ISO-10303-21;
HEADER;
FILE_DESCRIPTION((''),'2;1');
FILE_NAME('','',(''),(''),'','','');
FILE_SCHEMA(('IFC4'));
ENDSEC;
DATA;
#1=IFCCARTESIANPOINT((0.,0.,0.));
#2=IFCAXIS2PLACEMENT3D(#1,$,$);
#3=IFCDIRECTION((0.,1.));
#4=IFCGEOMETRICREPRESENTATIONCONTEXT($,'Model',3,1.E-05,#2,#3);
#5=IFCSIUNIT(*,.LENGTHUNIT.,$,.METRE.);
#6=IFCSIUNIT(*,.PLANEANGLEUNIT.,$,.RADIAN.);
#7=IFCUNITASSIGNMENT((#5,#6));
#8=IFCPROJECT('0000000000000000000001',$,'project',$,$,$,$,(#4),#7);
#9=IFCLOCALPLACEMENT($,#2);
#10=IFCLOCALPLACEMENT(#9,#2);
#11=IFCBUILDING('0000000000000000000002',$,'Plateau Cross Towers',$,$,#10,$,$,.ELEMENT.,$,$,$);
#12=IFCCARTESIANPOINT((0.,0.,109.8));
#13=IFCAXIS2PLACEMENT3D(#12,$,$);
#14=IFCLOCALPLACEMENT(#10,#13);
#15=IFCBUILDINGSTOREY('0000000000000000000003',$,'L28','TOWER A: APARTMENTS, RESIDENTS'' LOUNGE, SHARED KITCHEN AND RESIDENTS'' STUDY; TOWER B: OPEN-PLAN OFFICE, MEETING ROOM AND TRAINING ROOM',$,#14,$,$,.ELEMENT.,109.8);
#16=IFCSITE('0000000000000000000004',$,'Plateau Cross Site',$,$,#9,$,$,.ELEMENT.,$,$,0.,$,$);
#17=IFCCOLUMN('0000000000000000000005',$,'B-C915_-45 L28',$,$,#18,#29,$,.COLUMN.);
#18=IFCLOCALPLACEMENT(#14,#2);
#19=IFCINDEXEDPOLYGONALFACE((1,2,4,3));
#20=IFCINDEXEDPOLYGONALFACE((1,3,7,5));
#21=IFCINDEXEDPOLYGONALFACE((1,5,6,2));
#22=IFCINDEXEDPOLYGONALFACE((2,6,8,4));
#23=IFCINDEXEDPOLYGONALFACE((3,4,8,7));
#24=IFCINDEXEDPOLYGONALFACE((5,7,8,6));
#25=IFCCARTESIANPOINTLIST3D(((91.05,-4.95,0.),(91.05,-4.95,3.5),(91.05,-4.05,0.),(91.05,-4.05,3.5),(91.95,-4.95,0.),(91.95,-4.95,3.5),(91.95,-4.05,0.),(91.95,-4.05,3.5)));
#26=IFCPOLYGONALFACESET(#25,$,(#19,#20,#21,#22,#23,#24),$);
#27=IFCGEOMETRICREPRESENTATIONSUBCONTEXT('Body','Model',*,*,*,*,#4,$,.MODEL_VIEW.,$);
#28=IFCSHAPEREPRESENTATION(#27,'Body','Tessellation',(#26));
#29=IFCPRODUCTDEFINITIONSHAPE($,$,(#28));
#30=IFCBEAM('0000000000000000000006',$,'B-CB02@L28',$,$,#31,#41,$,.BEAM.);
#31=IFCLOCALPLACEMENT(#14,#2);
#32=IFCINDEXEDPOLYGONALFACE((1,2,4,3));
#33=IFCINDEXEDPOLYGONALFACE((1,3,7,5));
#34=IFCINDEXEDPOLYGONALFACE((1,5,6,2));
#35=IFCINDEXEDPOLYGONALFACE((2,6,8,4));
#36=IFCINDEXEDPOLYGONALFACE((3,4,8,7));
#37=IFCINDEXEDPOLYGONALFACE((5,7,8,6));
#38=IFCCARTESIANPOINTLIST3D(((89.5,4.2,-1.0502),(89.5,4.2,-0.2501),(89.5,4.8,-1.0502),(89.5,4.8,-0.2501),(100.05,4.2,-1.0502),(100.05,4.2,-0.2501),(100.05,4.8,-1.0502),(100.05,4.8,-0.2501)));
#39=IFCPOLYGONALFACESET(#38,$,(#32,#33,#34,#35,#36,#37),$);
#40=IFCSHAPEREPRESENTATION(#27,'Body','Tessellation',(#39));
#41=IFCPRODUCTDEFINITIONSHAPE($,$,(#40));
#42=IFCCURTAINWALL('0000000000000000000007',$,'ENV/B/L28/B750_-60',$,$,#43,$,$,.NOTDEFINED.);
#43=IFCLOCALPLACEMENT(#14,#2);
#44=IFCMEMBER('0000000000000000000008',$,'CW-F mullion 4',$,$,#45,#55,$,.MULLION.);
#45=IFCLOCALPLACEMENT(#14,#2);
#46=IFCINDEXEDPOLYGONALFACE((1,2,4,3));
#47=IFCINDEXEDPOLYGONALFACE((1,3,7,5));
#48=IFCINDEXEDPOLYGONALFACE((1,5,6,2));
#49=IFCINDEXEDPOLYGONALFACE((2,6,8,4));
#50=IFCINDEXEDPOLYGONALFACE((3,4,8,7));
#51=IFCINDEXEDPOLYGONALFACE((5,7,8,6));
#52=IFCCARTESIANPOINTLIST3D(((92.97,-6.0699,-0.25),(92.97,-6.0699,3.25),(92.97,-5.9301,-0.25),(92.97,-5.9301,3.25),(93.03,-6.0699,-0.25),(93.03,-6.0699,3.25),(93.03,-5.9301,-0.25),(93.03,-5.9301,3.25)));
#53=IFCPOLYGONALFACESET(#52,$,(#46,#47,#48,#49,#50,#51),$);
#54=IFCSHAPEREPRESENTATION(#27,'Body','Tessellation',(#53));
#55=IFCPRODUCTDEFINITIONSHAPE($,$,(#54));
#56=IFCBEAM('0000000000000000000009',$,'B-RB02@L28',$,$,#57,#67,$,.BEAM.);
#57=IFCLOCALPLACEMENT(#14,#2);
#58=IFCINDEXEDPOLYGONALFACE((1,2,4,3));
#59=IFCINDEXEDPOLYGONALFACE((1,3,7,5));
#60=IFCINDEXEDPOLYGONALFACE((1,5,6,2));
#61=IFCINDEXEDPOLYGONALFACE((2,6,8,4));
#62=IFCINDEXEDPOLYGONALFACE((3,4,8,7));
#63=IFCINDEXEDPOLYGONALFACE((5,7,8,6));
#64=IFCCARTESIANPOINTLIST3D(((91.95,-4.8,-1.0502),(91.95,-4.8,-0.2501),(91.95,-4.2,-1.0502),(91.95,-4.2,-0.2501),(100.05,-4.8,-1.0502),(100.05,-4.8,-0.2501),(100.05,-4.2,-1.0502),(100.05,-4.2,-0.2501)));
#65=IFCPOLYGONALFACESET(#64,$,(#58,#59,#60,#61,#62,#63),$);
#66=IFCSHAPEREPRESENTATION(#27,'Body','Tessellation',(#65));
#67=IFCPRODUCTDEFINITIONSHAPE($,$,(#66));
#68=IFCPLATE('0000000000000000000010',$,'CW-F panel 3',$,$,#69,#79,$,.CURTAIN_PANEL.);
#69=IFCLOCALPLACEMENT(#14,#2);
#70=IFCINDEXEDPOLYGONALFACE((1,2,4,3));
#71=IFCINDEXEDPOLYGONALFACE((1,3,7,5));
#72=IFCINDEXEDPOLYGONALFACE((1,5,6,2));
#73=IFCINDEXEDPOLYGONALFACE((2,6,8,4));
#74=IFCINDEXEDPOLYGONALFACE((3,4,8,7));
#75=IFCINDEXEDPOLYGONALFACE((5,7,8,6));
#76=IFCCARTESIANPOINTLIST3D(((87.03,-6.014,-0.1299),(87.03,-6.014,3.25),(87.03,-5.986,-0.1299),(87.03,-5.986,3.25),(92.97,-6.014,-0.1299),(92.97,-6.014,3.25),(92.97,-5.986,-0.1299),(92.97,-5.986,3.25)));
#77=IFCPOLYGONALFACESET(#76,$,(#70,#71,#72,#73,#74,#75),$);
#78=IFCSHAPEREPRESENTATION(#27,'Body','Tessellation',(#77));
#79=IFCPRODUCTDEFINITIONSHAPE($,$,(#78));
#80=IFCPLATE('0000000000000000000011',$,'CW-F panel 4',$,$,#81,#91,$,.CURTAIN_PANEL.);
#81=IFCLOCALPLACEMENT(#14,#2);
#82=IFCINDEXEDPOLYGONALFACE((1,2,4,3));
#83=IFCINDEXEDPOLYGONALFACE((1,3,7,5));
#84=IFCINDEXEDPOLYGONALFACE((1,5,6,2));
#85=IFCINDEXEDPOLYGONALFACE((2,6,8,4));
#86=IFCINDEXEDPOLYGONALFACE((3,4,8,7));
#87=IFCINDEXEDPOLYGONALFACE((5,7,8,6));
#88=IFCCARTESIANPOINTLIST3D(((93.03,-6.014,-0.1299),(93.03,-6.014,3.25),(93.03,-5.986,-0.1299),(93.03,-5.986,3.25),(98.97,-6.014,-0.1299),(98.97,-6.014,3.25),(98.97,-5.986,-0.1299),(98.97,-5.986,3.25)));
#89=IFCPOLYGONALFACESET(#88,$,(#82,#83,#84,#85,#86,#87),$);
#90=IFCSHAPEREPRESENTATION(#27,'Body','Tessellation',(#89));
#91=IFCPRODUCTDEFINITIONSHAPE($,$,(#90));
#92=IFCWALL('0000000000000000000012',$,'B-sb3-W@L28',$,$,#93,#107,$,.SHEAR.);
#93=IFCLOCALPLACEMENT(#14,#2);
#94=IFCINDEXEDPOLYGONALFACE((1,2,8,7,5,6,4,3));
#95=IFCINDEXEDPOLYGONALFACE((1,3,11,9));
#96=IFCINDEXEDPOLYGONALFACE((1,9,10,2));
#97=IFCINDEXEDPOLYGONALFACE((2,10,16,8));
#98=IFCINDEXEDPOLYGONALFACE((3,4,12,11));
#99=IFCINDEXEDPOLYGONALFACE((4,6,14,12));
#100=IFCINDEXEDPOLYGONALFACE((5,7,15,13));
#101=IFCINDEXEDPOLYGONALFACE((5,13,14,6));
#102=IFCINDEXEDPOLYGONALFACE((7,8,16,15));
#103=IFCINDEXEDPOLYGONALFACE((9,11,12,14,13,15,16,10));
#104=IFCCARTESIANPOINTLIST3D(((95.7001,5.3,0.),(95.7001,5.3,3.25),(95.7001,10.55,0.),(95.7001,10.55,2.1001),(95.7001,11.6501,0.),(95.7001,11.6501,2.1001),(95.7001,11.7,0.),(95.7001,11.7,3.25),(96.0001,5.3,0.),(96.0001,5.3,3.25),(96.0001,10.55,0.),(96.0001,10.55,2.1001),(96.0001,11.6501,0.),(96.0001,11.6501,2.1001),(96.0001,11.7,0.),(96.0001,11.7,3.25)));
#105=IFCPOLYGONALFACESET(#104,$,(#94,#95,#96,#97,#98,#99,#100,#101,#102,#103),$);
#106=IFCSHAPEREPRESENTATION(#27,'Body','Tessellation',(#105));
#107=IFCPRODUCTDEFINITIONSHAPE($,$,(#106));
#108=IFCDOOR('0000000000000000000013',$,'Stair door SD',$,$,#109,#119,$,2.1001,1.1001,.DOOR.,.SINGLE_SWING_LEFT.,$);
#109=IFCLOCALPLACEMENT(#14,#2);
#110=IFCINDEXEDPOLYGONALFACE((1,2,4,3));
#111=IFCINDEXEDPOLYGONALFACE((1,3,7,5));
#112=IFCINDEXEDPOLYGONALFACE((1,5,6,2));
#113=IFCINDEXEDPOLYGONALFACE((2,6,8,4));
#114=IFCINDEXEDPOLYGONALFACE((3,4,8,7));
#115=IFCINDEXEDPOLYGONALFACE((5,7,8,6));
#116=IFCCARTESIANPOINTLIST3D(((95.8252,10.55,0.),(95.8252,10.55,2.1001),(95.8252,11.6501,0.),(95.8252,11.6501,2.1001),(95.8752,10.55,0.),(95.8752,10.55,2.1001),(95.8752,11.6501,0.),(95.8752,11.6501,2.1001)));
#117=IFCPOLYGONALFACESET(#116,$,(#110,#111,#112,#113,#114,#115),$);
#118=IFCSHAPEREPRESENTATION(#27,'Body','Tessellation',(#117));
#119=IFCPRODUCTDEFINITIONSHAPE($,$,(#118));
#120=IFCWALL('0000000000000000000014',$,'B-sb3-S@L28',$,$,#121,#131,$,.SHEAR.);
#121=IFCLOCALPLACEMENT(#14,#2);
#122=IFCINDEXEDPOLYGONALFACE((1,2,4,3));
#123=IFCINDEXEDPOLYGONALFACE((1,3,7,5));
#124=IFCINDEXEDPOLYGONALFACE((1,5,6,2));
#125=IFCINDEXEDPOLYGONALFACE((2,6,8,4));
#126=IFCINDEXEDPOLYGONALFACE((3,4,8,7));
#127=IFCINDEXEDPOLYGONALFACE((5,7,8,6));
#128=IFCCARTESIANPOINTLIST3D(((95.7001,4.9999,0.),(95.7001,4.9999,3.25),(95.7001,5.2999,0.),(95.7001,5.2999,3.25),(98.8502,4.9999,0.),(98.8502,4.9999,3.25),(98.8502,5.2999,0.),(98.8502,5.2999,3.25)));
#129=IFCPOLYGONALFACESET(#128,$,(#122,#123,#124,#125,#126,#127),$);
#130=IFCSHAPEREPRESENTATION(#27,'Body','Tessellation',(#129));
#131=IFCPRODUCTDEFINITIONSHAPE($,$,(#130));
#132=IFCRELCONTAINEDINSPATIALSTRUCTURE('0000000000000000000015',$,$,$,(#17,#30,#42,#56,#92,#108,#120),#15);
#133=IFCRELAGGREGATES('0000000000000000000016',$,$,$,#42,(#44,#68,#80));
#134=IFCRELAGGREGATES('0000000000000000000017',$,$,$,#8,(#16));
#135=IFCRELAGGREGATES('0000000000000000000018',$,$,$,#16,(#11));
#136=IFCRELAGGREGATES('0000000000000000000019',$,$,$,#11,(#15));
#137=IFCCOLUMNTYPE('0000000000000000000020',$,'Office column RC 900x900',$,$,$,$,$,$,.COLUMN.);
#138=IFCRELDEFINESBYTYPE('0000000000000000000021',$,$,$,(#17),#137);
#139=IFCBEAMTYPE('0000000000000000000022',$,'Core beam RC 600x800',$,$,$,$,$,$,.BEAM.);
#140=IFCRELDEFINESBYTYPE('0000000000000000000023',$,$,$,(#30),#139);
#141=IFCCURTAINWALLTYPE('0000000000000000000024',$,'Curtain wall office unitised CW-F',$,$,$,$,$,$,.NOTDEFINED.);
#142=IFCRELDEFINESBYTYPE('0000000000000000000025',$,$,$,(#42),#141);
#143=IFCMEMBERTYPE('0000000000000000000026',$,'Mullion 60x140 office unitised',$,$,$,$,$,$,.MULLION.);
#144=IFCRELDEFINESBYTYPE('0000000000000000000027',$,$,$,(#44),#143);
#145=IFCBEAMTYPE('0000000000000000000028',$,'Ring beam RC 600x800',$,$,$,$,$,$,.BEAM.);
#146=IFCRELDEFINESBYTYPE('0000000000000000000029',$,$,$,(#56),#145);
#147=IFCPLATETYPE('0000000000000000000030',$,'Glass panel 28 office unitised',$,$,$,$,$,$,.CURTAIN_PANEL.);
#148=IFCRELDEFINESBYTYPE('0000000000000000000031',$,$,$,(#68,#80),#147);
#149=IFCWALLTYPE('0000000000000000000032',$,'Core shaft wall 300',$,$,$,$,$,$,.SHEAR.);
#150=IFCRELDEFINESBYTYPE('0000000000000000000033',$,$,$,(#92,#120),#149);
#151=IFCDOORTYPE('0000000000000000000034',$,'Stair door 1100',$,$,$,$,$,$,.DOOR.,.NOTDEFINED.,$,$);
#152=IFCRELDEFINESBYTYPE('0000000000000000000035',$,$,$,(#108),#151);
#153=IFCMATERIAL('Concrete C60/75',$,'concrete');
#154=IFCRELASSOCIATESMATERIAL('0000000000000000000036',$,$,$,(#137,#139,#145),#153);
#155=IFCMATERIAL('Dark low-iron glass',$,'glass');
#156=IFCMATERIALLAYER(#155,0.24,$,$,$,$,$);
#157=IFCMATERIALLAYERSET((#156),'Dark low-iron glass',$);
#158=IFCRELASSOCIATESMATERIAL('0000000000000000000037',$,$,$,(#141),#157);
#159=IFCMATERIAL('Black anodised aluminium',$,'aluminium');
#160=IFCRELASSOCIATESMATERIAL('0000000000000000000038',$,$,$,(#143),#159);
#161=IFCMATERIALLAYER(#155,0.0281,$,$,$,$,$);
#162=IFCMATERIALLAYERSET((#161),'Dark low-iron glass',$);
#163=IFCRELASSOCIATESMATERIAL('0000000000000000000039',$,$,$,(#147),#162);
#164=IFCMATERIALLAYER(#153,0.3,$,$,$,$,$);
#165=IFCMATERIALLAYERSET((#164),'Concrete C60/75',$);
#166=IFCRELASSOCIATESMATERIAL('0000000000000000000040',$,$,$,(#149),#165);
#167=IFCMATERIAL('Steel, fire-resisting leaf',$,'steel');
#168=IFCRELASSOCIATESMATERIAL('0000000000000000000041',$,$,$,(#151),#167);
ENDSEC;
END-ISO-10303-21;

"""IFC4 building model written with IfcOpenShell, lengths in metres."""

from ifc_helpers import new_model, si_unit, direction, frame, frame_2d, origin, origin_2d, place, context, subcontext, project, spatial, rectangle, extrude, material, layer, layer_set, material_profile, profile_set, type_object, element, fill, aggregate, save


model = new_model("IFC4")

# Units and contexts
model_context = context("Model", 3, precision=1e-05, world=origin(), true_north=direction((0.0, 1.0)))
body_context = subcontext(model_context, "Body", "Model", "MODEL_VIEW")
ifc_project = project(units=[si_unit("LENGTHUNIT", "METRE"), si_unit("PLANEANGLEUNIT", "RADIAN")], contexts=[model_context])

# Site, building, storey
site_placement = place(None, origin())
site = spatial("IfcSite", under=ifc_project, at=site_placement, Name="Plateau Cross Site", CompositionType="ELEMENT", RefElevation=0.0)
building_placement = place(site_placement, origin())
building = spatial("IfcBuilding", under=site, at=building_placement, Name="Plateau Cross Towers", CompositionType="ELEMENT")
storey_placement = place(building_placement, frame((0.0, 0.0, 109.8)))
storey = spatial("IfcBuildingStorey", under=building, at=storey_placement, Name="L28", Description="TOWER A: APARTMENTS, RESIDENTS' LOUNGE, SHARED KITCHEN AND RESIDENTS' STUDY; TOWER B: OPEN-PLAN OFFICE, MEETING ROOM AND TRAINING ROOM", CompositionType="ELEMENT", Elevation=109.8)

# Column
ifc_material_1 = material(Name="Concrete C60/75", Category="concrete")
ifc_material_profile_1 = material_profile(ifc_material_1, rectangle(XDim=0.8999, YDim=0.8999, at=origin_2d()), Name="RC 900x900")
ifc_profile_set_1 = profile_set([ifc_material_profile_1], Name="Concrete C60/75")
column_type = type_object("IfcColumnType", Name="Office column RC 900x900", PredefinedType="COLUMN", material=ifc_profile_set_1)
column_placement = place(storey_placement, frame((91.5, -4.5, 0.0), z_axis=(0.0, 0.0, 1.0), x_axis=(1.0, 0.0, 0.0)))
element("IfcColumn", 1, at=column_placement, inside=storey, type_object=column_type, Name="B-C915_-45 L28", PredefinedType="COLUMN", context=body_context, shape_type="SweptSolid", body=[
    extrude(rectangle(XDim=0.8999, YDim=0.8999, at=origin_2d()), origin(), (0.0, 0.0, 1.0), 3.5),
])

# Beam
ifc_material_profile_2 = material_profile(ifc_material_1, rectangle(XDim=0.6001, YDim=0.8, at=origin_2d()), Name="RC 600x800")
ifc_profile_set_2 = profile_set([ifc_material_profile_2], Name="Concrete C60/75")
beam_type_1 = type_object("IfcBeamType", Name="Core beam RC 600x800", PredefinedType="BEAM", material=ifc_profile_set_2)
beam_1_placement = place(storey_placement, frame((89.5, 4.5, -0.6501), z_axis=(1.0, 0.0, 0.0), x_axis=(0.0, 1.0, 0.0)))
element("IfcBeam", 2, at=beam_1_placement, inside=storey, type_object=beam_type_1, Name="B-CB02@L28", PredefinedType="BEAM", context=body_context, shape_type="SweptSolid", body=[
    extrude(rectangle(XDim=0.6001, YDim=0.8, at=origin_2d()), origin(), (0.0, 0.0, 1.0), 10.55),
])

# Curtain wall, member
ifc_material_2 = material(Name="Dark low-iron glass", Category="glass")
ifc_layer_1 = layer(ifc_material_2, 0.24)
ifc_layer_set_1 = layer_set([ifc_layer_1], Name="Dark low-iron glass")
curtain_wall_type = type_object("IfcCurtainWallType", Name="Curtain wall office unitised CW-F", PredefinedType="NOTDEFINED", material=ifc_layer_set_1)
curtain_wall_placement = place(storey_placement, origin())
curtain_wall = element("IfcCurtainWall", 3, at=curtain_wall_placement, inside=storey, type_object=curtain_wall_type, Name="ENV/B/L28/B750_-60", PredefinedType="NOTDEFINED")
ifc_material_3 = material(Name="Black anodised aluminium", Category="aluminium")
ifc_material_profile_3 = material_profile(ifc_material_3, rectangle(XDim=0.0601, YDim=0.1399, at=origin_2d()), Name="MULLION 60x140")
ifc_profile_set_3 = profile_set([ifc_material_profile_3], Name="Black anodised aluminium")
member_type = type_object("IfcMemberType", Name="Mullion 60x140 office unitised", PredefinedType="MULLION", material=ifc_profile_set_3)
member_placement = place(storey_placement, frame((93.0, -6.0, -0.25), z_axis=(0.0, 0.0, 1.0), x_axis=(1.0, 0.0, 0.0)))
member = element("IfcMember", 4, at=member_placement, type_object=member_type, Name="CW-F mullion 4", PredefinedType="MULLION", context=body_context, shape_type="SweptSolid", body=[
    extrude(rectangle(XDim=0.0601, YDim=0.1399, at=origin_2d()), origin(), (0.0, 0.0, 1.0), 3.5),
])

# Beam
ifc_material_profile_4 = material_profile(ifc_material_1, rectangle(XDim=0.6001, YDim=0.8, at=origin_2d()), Name="RC 600x800")
ifc_profile_set_4 = profile_set([ifc_material_profile_4], Name="Concrete C60/75")
beam_type_2 = type_object("IfcBeamType", Name="Ring beam RC 600x800", PredefinedType="BEAM", material=ifc_profile_set_4)
beam_2_placement = place(storey_placement, frame((91.95, -4.5, -0.6501), z_axis=(1.0, 0.0, 0.0), x_axis=(0.0, 1.0, 0.0)))
element("IfcBeam", 5, at=beam_2_placement, inside=storey, type_object=beam_type_2, Name="B-RB02@L28", PredefinedType="BEAM", context=body_context, shape_type="SweptSolid", body=[
    extrude(rectangle(XDim=0.6001, YDim=0.8, at=origin_2d()), origin(), (0.0, 0.0, 1.0), 8.1001),
])

# Plates
ifc_layer_2 = layer(ifc_material_2, 0.0281)
ifc_layer_set_2 = layer_set([ifc_layer_2], Name="Dark low-iron glass")
plate_type = type_object("IfcPlateType", Name="Glass panel 28 office unitised", PredefinedType="CURTAIN_PANEL", material=ifc_layer_set_2)
plate_1_placement = place(storey_placement, frame((90.0, -6.0, -0.1299), z_axis=(0.0, 0.0, 1.0), x_axis=(1.0, 0.0, 0.0)))
plate_1 = element("IfcPlate", 6, at=plate_1_placement, type_object=plate_type, Name="CW-F panel 3", PredefinedType="CURTAIN_PANEL", context=body_context, shape_type="SweptSolid", body=[
    extrude(rectangle(XDim=5.9399, YDim=0.0281, at=origin_2d()), origin(), (0.0, 0.0, 1.0), 3.3799),
])
plate_2_placement = place(storey_placement, frame((96.0, -6.0, -0.1299), z_axis=(0.0, 0.0, 1.0), x_axis=(1.0, 0.0, 0.0)))
plate_2 = element("IfcPlate", 7, at=plate_2_placement, type_object=plate_type, Name="CW-F panel 4", PredefinedType="CURTAIN_PANEL", context=body_context, shape_type="SweptSolid", body=[
    extrude(rectangle(XDim=5.9399, YDim=0.0281, at=origin_2d()), origin(), (0.0, 0.0, 1.0), 3.3799),
])
aggregate(curtain_wall, [member, plate_1, plate_2])

# Wall, opening, door
ifc_layer_3 = layer(ifc_material_1, 0.3)
ifc_layer_set_3 = layer_set([ifc_layer_3], Name="Concrete C60/75")
wall_type_1 = type_object("IfcWallType", Name="Core shaft wall 300", PredefinedType="SHEAR", material=ifc_layer_set_3)
wall_1_placement = place(storey_placement, frame((95.8501, 5.3, 0.0), z_axis=(0.0, 0.0, 1.0), x_axis=(0.0, 1.0, 0.0)))
wall_1 = element("IfcWall", 8, at=wall_1_placement, inside=storey, type_object=wall_type_1, Name="B-sb3-W@L28", PredefinedType="SHEAR", context=body_context, shape_type="SweptSolid", body=[
    extrude(rectangle(XDim=6.3999, YDim=0.3, at=frame_2d((3.2, 0.0))), origin(), (0.0, 0.0, 1.0), 3.25),
])
opening_1_placement = place(wall_1_placement, frame((5.25, 0.0, 0.0)))
opening_1 = element("IfcOpeningElement", 9, at=opening_1_placement, cuts=wall_1, PredefinedType="OPENING", context=body_context, shape_type="SweptSolid", body=[
    extrude(rectangle(XDim=1.1001, YDim=2.1001, at=frame_2d((0.55, 1.05))), frame((0.0, 0.1599, 0.0), z_axis=(0.0, -1.0, 0.0), x_axis=(1.0, 0.0, 0.0)), (0.0, 0.0, 1.0), 0.3201),
])
ifc_material_4 = material(Name="Steel, fire-resisting leaf", Category="steel")
door_type_1 = type_object("IfcDoorType", Name="Stair door 1100", OperationType="NOTDEFINED", PredefinedType="DOOR", material=ifc_material_4)
door_1_placement = place(opening_1_placement, origin())
door_1 = element("IfcDoor", 10, at=door_1_placement, inside=storey, type_object=door_type_1, Name="Stair door SD", OperationType="SINGLE_SWING_LEFT", OverallHeight=2.1001, OverallWidth=1.1001, PredefinedType="DOOR", context=body_context, shape_type="SweptSolid", body=[
    extrude(rectangle(XDim=1.1001, YDim=2.1001, at=frame_2d((0.55, 1.05))), frame((0.0, 0.0249, 0.0), z_axis=(0.0, -1.0, 0.0), x_axis=(1.0, 0.0, 0.0)), (0.0, 0.0, 1.0), 0.05),
])
fill(opening_1, door_1)

# Wall
wall_2_placement = place(storey_placement, frame((95.7, 5.1499, 0.0), z_axis=(0.0, 0.0, 1.0), x_axis=(1.0, 0.0, 0.0)))
element("IfcWall", 11, at=wall_2_placement, inside=storey, type_object=wall_type_1, Name="B-sb3-S@L28", PredefinedType="SHEAR", context=body_context, shape_type="SweptSolid", body=[
    extrude(rectangle(XDim=3.1501, YDim=0.3, at=frame_2d((1.5752, 0.0))), origin(), (0.0, 0.0, 1.0), 3.25),
])

save(model, "model.ifc")
